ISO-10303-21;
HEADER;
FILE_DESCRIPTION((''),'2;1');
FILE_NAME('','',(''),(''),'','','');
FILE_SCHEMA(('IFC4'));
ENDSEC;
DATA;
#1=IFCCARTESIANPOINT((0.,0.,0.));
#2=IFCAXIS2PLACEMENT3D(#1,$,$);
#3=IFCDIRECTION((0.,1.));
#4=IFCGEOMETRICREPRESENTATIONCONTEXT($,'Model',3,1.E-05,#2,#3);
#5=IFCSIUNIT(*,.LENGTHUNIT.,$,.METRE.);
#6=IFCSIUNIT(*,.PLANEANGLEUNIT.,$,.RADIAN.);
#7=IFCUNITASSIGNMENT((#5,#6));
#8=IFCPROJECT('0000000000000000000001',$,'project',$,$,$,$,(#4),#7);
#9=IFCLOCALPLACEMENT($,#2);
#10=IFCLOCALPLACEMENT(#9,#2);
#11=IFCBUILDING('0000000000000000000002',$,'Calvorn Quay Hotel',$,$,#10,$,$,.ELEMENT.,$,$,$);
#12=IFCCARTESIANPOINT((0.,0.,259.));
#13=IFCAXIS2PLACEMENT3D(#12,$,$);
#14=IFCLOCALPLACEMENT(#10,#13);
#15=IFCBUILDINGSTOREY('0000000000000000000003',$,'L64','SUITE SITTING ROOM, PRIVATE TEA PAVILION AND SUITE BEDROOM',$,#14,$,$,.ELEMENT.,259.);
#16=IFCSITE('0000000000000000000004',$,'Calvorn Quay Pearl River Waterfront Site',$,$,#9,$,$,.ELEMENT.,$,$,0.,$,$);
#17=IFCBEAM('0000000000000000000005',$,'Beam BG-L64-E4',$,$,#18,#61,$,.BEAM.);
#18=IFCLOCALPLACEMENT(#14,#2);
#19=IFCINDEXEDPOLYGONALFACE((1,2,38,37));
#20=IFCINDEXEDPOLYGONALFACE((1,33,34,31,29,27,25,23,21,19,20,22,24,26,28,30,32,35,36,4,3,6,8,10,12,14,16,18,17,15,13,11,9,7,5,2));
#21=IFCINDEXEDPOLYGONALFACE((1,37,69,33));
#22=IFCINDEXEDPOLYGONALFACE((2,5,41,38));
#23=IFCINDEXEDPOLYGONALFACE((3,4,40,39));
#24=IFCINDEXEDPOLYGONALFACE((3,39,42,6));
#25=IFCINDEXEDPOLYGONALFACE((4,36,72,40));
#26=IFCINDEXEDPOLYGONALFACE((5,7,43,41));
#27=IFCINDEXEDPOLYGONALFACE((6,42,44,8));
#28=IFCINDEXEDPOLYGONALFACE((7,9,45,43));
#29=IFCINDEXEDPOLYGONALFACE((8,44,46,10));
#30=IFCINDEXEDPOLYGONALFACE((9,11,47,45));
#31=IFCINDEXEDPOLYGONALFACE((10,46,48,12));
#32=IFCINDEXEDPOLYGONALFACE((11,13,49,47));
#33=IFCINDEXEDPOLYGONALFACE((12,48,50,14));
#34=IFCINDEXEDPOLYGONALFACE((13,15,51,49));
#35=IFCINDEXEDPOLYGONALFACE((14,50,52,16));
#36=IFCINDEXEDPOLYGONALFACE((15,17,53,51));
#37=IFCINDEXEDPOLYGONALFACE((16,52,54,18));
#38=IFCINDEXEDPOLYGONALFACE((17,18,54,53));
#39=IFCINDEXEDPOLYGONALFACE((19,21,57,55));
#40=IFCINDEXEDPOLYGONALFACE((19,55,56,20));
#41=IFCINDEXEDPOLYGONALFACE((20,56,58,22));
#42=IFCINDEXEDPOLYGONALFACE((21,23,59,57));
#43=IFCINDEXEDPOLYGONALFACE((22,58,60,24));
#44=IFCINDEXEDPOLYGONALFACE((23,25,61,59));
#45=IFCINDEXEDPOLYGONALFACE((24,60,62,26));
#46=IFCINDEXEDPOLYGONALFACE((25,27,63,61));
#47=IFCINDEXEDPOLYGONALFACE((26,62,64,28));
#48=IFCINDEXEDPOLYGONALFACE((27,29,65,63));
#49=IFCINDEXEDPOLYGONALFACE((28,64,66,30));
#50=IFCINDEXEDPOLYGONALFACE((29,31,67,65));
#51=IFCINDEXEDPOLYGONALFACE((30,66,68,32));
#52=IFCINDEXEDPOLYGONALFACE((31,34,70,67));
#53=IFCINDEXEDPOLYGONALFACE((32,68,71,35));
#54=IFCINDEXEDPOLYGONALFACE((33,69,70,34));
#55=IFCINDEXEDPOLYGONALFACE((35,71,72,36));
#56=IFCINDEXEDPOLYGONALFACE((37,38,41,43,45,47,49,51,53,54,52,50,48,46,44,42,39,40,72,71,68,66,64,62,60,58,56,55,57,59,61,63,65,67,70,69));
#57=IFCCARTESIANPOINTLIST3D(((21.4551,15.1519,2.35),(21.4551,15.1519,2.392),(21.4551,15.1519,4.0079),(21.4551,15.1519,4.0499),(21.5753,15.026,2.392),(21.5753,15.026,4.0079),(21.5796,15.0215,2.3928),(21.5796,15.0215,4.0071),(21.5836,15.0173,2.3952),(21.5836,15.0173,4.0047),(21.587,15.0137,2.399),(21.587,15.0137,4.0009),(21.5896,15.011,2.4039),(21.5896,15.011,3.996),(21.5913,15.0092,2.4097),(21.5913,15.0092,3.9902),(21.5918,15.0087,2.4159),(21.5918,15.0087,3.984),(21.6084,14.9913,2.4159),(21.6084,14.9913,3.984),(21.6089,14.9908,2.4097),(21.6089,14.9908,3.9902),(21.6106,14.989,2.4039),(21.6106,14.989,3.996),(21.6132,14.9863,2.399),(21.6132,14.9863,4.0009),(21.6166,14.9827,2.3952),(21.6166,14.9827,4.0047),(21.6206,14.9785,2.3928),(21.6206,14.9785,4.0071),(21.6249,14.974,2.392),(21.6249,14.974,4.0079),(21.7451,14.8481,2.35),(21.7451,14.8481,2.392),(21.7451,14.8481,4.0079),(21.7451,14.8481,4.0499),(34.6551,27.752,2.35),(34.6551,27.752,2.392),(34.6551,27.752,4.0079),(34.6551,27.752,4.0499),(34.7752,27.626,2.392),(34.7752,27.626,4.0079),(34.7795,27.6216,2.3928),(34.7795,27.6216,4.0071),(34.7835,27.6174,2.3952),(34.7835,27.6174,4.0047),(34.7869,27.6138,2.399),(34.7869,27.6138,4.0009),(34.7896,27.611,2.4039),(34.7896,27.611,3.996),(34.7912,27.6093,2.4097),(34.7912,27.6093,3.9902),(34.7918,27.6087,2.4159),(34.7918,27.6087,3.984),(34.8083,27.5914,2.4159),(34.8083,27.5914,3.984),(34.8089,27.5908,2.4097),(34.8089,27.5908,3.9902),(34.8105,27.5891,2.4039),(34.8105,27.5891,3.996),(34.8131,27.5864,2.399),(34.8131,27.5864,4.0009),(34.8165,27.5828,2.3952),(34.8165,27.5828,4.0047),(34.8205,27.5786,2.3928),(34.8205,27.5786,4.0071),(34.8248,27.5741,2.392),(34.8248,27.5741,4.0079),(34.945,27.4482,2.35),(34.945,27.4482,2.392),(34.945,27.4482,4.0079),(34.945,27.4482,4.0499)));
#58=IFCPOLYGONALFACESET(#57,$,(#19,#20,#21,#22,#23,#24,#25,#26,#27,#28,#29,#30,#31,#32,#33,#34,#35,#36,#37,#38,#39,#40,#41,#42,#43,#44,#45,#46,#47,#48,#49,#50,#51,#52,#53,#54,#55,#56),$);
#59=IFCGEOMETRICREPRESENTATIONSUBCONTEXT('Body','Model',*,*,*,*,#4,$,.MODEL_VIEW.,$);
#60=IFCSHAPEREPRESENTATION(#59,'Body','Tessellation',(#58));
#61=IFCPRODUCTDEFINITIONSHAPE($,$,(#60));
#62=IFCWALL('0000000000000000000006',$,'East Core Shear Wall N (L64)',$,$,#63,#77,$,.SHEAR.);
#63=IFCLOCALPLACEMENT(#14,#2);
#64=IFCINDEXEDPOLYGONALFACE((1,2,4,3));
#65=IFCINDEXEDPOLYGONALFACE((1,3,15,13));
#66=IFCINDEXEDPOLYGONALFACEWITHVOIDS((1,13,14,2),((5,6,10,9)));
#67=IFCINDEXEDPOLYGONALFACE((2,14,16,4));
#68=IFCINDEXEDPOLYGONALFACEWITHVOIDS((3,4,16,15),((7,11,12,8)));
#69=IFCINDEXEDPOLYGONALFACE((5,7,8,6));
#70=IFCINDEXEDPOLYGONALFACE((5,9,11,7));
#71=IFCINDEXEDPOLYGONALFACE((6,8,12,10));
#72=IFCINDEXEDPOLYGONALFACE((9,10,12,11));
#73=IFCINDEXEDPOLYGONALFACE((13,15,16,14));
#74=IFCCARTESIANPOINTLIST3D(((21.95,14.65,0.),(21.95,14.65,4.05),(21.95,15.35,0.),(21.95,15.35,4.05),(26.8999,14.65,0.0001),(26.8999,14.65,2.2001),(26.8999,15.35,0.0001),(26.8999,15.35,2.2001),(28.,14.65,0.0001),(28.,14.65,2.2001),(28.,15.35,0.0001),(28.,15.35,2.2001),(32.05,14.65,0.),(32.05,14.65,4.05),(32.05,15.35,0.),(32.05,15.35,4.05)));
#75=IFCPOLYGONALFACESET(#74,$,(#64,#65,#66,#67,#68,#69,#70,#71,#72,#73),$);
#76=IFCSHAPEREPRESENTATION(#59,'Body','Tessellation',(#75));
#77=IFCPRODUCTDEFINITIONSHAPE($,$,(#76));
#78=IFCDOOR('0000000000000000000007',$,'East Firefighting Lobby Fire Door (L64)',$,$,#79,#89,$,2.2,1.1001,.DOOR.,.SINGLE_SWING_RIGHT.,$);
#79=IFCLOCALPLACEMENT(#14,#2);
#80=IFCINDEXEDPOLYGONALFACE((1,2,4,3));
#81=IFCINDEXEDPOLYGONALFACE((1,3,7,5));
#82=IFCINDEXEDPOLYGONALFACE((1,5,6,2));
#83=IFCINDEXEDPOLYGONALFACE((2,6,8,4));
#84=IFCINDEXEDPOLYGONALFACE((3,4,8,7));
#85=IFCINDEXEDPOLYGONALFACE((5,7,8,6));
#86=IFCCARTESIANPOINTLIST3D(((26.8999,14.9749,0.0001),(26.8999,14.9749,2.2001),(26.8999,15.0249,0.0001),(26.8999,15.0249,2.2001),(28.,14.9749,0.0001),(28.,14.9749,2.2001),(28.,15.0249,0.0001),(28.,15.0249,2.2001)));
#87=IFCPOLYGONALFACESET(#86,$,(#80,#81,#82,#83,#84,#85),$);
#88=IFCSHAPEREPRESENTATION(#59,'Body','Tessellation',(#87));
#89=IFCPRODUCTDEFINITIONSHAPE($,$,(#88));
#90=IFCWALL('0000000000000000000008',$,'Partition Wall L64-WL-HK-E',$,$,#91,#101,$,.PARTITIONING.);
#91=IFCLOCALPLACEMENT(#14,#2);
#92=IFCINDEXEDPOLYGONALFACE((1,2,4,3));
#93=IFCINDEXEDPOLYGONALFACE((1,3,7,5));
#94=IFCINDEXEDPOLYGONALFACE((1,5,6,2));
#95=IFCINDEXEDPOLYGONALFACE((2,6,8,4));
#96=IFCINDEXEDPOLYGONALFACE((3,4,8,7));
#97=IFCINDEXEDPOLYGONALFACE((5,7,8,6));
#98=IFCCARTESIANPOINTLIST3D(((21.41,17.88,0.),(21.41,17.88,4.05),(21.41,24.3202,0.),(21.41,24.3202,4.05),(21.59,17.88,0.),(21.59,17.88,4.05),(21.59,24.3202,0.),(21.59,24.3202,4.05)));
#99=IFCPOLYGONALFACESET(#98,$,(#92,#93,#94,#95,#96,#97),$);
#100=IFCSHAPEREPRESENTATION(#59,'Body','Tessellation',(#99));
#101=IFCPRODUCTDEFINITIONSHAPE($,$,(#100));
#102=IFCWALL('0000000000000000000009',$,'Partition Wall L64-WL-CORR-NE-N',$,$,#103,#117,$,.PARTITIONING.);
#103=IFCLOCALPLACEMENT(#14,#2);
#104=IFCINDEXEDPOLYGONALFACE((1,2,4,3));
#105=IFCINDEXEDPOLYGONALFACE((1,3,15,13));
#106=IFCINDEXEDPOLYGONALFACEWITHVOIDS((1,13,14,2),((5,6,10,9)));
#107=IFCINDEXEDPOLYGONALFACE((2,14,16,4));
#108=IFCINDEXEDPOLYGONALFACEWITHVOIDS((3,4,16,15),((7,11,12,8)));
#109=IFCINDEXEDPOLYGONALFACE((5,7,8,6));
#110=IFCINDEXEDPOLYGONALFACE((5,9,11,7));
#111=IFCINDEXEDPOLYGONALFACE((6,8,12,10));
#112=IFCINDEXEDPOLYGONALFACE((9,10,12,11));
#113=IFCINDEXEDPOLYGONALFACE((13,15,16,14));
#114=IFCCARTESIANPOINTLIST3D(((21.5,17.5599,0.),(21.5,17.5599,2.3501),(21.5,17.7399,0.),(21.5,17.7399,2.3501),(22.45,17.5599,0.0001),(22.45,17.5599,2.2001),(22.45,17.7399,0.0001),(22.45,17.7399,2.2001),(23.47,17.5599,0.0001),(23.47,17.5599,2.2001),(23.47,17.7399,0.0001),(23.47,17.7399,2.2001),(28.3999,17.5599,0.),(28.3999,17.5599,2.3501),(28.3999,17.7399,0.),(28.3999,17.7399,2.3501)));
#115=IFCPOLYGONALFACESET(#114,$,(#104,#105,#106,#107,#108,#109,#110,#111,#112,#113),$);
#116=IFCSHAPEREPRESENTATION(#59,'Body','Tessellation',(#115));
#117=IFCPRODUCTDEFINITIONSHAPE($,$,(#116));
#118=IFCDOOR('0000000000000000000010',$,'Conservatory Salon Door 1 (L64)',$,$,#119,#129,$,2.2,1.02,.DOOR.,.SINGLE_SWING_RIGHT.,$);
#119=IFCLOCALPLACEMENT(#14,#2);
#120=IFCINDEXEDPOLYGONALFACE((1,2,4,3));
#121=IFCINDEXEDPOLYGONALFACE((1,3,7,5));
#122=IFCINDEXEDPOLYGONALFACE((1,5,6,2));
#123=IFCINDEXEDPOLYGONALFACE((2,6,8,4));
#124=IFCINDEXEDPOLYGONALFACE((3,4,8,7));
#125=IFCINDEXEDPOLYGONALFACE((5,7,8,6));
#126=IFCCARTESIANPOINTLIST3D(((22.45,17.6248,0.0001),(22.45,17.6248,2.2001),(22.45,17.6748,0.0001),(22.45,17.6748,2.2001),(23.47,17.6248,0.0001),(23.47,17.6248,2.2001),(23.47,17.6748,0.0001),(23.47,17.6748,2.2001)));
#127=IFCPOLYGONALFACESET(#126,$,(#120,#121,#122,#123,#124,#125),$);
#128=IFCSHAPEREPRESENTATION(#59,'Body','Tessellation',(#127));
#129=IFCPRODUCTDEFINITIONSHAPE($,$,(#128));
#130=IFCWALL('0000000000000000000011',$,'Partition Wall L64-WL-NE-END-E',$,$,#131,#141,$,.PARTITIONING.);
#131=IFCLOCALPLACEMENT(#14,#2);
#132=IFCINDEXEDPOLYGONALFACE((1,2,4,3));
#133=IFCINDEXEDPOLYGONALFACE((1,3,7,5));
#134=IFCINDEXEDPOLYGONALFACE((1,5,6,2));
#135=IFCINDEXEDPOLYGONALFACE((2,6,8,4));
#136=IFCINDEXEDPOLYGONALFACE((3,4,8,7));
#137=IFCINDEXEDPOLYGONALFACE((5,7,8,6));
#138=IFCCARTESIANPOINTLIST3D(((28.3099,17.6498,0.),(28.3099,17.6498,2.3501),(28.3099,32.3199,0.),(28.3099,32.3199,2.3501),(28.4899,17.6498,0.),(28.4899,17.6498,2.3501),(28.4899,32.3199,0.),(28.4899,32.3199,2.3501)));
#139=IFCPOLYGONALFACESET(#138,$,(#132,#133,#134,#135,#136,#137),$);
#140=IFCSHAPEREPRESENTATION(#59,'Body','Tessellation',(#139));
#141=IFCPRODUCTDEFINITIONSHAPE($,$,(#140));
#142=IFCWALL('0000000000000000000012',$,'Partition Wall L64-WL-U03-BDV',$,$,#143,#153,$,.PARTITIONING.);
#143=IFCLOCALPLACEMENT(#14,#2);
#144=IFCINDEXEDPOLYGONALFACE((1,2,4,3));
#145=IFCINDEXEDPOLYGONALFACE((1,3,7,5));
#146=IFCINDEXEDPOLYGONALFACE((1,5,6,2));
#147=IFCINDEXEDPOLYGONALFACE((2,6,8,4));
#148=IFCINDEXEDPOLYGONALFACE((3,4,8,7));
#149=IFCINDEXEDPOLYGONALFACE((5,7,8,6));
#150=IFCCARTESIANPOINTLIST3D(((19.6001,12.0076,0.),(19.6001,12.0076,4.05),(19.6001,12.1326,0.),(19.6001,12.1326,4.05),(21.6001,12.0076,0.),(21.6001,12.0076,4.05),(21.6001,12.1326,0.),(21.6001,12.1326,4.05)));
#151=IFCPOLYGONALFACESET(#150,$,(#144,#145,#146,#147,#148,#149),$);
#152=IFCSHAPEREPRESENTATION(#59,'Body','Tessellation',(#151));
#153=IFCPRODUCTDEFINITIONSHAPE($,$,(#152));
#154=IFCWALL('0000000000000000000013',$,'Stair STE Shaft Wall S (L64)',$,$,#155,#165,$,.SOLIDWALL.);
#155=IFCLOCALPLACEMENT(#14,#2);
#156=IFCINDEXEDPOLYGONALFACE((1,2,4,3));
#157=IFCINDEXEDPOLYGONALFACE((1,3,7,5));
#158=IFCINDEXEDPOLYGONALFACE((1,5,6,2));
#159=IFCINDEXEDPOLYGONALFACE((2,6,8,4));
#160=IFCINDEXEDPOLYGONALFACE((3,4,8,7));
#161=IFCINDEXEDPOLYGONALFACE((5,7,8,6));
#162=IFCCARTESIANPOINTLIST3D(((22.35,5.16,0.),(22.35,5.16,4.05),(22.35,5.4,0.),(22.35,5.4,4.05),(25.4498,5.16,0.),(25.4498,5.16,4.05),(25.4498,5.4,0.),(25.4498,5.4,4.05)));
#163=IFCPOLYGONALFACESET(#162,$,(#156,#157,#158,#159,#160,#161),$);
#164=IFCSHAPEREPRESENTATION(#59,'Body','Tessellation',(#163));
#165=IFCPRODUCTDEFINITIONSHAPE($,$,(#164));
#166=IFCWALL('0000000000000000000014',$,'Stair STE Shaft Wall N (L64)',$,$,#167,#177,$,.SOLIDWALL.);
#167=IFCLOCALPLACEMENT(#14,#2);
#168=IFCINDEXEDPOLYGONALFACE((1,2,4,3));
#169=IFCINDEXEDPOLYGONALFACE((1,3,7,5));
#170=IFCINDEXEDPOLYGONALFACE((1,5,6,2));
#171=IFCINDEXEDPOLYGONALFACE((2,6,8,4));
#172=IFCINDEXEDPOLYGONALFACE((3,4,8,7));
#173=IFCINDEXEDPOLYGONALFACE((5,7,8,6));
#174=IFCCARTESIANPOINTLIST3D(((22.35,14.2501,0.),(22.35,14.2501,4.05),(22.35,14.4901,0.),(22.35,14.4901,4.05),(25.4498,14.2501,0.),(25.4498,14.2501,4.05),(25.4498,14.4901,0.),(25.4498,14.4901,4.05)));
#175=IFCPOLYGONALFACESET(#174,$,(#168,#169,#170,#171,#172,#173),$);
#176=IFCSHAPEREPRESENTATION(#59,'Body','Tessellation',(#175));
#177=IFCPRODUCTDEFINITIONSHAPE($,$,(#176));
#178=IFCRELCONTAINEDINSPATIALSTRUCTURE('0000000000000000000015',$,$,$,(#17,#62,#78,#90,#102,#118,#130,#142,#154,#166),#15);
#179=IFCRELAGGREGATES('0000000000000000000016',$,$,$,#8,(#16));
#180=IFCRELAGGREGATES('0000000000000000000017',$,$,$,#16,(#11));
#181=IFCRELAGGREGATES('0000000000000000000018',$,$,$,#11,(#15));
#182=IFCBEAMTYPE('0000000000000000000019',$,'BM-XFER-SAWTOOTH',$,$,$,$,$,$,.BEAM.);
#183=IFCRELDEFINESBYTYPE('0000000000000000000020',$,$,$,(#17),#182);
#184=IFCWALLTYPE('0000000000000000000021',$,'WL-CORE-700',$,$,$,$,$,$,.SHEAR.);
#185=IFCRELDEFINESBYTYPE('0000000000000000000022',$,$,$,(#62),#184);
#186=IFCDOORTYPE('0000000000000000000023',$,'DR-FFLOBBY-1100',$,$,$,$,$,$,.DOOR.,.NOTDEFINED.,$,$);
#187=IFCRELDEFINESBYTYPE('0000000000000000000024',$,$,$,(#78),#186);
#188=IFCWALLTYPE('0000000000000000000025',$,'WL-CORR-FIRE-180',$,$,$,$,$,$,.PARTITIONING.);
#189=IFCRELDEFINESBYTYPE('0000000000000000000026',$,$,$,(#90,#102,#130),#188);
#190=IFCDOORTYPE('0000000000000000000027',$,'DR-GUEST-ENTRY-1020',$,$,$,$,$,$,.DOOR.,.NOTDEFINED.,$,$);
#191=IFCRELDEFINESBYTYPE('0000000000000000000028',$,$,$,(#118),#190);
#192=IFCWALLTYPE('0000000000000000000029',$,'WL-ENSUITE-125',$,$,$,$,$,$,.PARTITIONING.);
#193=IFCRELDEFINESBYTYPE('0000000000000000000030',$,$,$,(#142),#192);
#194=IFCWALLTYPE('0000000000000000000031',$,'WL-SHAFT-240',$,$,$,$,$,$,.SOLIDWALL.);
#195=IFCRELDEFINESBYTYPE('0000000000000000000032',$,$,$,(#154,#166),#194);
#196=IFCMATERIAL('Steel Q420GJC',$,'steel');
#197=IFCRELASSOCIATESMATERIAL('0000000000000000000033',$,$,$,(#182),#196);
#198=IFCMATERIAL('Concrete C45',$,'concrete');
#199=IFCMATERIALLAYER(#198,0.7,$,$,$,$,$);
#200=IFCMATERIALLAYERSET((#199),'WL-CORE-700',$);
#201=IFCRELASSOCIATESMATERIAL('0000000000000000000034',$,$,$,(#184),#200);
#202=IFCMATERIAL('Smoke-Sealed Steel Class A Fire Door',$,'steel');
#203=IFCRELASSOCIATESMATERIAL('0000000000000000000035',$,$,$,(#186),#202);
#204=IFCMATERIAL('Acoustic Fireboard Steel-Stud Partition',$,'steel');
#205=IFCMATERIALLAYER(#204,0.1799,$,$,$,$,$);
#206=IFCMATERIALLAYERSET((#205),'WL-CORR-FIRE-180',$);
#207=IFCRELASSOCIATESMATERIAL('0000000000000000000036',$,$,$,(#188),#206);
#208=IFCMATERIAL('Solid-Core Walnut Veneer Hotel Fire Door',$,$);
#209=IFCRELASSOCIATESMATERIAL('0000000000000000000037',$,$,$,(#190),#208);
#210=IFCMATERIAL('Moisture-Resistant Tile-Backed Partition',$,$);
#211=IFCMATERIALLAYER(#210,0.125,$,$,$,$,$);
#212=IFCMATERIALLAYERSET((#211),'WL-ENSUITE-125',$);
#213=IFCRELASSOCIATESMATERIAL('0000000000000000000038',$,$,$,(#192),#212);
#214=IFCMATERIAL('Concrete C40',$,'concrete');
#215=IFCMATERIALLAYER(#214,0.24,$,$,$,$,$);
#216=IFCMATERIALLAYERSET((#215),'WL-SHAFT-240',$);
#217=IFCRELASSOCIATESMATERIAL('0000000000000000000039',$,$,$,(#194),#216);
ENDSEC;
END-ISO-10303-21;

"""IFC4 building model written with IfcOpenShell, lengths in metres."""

from ifc_helpers import new_model, si_unit, direction, frame, frame_2d, origin, origin_2d, place, context, subcontext, project, spatial, rectangle, i_section, extrude, material, layer, layer_set, material_profile, profile_set, type_object, element, fill, save


model = new_model("IFC4")

# Units and contexts
model_context = context("Model", 3, precision=1e-05, world=origin(), true_north=direction((0.0, 1.0)))
body_context = subcontext(model_context, "Body", "Model", "MODEL_VIEW")
ifc_project = project(units=[si_unit("LENGTHUNIT", "METRE"), si_unit("PLANEANGLEUNIT", "RADIAN")], contexts=[model_context])

# Site, building, storey
site_placement = place(None, origin())
site = spatial("IfcSite", under=ifc_project, at=site_placement, Name="Calvorn Quay Pearl River Waterfront Site", CompositionType="ELEMENT", RefElevation=0.0)
building_placement = place(site_placement, origin())
building = spatial("IfcBuilding", under=site, at=building_placement, Name="Calvorn Quay Hotel", CompositionType="ELEMENT")
storey_placement = place(building_placement, frame((0.0, 0.0, 259.0)))
storey = spatial("IfcBuildingStorey", under=building, at=storey_placement, Name="L64", Description="SUITE SITTING ROOM, PRIVATE TEA PAVILION AND SUITE BEDROOM", CompositionType="ELEMENT", Elevation=259.0)

# Beam
ifc_material_1 = material(Name="Steel Q420GJC", Category="steel")
ifc_material_profile = material_profile(ifc_material_1, i_section(OverallWidth=0.4199, OverallDepth=1.7, WebThickness=0.0239, FlangeThickness=0.042, FilletRadius=0.0239, at=origin_2d()), Name="HN1700x420x24x42")
ifc_profile_set = profile_set([ifc_material_profile], Name="Steel Q420GJC")
beam_type = type_object("IfcBeamType", Name="BM-XFER-SAWTOOTH", PredefinedType="BEAM", material=ifc_profile_set)
beam_placement = place(storey_placement, frame((21.6001, 15.0, 3.2), z_axis=(0.723352, 0.69048, 0.0), x_axis=(-0.69048, 0.723352, 0.0)))
element("IfcBeam", 1, at=beam_placement, inside=storey, type_object=beam_type, Name="Beam BG-L64-E4", PredefinedType="BEAM", context=body_context, shape_type="SweptSolid", body=[
    extrude(i_section(OverallWidth=0.4199, OverallDepth=1.7, WebThickness=0.0239, FlangeThickness=0.042, FilletRadius=0.0239, at=origin_2d()), origin(), (0.0, 0.0, 1.0), 18.2483),
])

# Wall, opening, door
ifc_material_2 = material(Name="Concrete C45", Category="concrete")
ifc_layer_1 = layer(ifc_material_2, 0.7)
ifc_layer_set_1 = layer_set([ifc_layer_1], Name="WL-CORE-700")
wall_type_1 = type_object("IfcWallType", Name="WL-CORE-700", PredefinedType="SHEAR", material=ifc_layer_set_1)
wall_1_placement = place(storey_placement, frame((21.95, 15.0, 0.0), z_axis=(0.0, 0.0, 1.0), x_axis=(1.0, 0.0, 0.0)))
wall_1 = element("IfcWall", 2, at=wall_1_placement, inside=storey, type_object=wall_type_1, Name="East Core Shear Wall N (L64)", PredefinedType="SHEAR", context=body_context, shape_type="SweptSolid", body=[
    extrude(rectangle(XDim=10.1001, YDim=0.7, at=frame_2d((5.05, 0.0))), origin(), (0.0, 0.0, 1.0), 4.05),
])
opening_1_placement = place(wall_1_placement, frame((4.95, 0.0, 0.0)))
opening_1 = element("IfcOpeningElement", 3, at=opening_1_placement, cuts=wall_1, PredefinedType="OPENING", context=body_context, shape_type="SweptSolid", body=[
    extrude(rectangle(XDim=1.1001, YDim=2.2, at=frame_2d((0.55, 1.1001))), frame((0.0, 0.3599, 0.0), z_axis=(0.0, -1.0, 0.0), x_axis=(1.0, 0.0, 0.0)), (0.0, 0.0, 1.0), 0.72),
])
ifc_material_3 = material(Name="Smoke-Sealed Steel Class A Fire Door", Category="steel")
door_type_1 = type_object("IfcDoorType", Name="DR-FFLOBBY-1100", OperationType="NOTDEFINED", PredefinedType="DOOR", material=ifc_material_3)
door_1_placement = place(opening_1_placement, origin())
door_1 = element("IfcDoor", 4, at=door_1_placement, inside=storey, type_object=door_type_1, Name="East Firefighting Lobby Fire Door (L64)", OperationType="SINGLE_SWING_RIGHT", OverallHeight=2.2, OverallWidth=1.1001, PredefinedType="DOOR", context=body_context, shape_type="SweptSolid", body=[
    extrude(rectangle(XDim=1.1001, YDim=2.2, at=frame_2d((0.55, 1.1001))), frame((0.0, 0.0249, 0.0), z_axis=(0.0, -1.0, 0.0), x_axis=(1.0, 0.0, 0.0)), (0.0, 0.0, 1.0), 0.05),
])
fill(opening_1, door_1)

# Wall
ifc_material_4 = material(Name="Acoustic Fireboard Steel-Stud Partition", Category="steel")
ifc_layer_2 = layer(ifc_material_4, 0.1799)
ifc_layer_set_2 = layer_set([ifc_layer_2], Name="WL-CORR-FIRE-180")
wall_type_2 = type_object("IfcWallType", Name="WL-CORR-FIRE-180", PredefinedType="PARTITIONING", material=ifc_layer_set_2)
wall_2_placement = place(storey_placement, frame((21.5, 17.8799, 0.0), z_axis=(0.0, 0.0, 1.0), x_axis=(0.0, 1.0, 0.0)))
element("IfcWall", 5, at=wall_2_placement, inside=storey, type_object=wall_type_2, Name="Partition Wall L64-WL-HK-E", PredefinedType="PARTITIONING", context=body_context, shape_type="SweptSolid", body=[
    extrude(rectangle(XDim=6.4402, YDim=0.1799, at=frame_2d((3.2202, 0.0))), origin(), (0.0, 0.0, 1.0), 4.05),
])

# Wall, opening, door
wall_3_placement = place(storey_placement, frame((21.5, 17.6499, 0.0), z_axis=(0.0, 0.0, 1.0), x_axis=(1.0, 0.0, 0.0)))
wall_3 = element("IfcWall", 6, at=wall_3_placement, inside=storey, type_object=wall_type_2, Name="Partition Wall L64-WL-CORR-NE-N", PredefinedType="PARTITIONING", context=body_context, shape_type="SweptSolid", body=[
    extrude(rectangle(XDim=6.8999, YDim=0.1799, at=frame_2d((3.45, 0.0))), origin(), (0.0, 0.0, 1.0), 2.3501),
])
opening_2_placement = place(wall_3_placement, frame((0.95, 0.0, 0.0)))
opening_2 = element("IfcOpeningElement", 7, at=opening_2_placement, cuts=wall_3, PredefinedType="OPENING", context=body_context, shape_type="SweptSolid", body=[
    extrude(rectangle(XDim=1.02, YDim=2.2, at=frame_2d((0.51, 1.1001))), frame((0.0, 0.0999, 0.0), z_axis=(0.0, -1.0, 0.0), x_axis=(1.0, 0.0, 0.0)), (0.0, 0.0, 1.0), 0.2),
])
ifc_material_5 = material(Name="Solid-Core Walnut Veneer Hotel Fire Door")
door_type_2 = type_object("IfcDoorType", Name="DR-GUEST-ENTRY-1020", OperationType="NOTDEFINED", PredefinedType="DOOR", material=ifc_material_5)
door_2_placement = place(opening_2_placement, origin())
door_2 = element("IfcDoor", 8, at=door_2_placement, inside=storey, type_object=door_type_2, Name="Conservatory Salon Door 1 (L64)", OperationType="SINGLE_SWING_RIGHT", OverallHeight=2.2, OverallWidth=1.02, PredefinedType="DOOR", context=body_context, shape_type="SweptSolid", body=[
    extrude(rectangle(XDim=1.02, YDim=2.2, at=frame_2d((0.51, 1.1001))), frame((0.0, 0.0249, 0.0), z_axis=(0.0, -1.0, 0.0), x_axis=(1.0, 0.0, 0.0)), (0.0, 0.0, 1.0), 0.05),
])
fill(opening_2, door_2)

# Walls
wall_4_placement = place(storey_placement, frame((28.3999, 17.6499, 0.0), z_axis=(0.0, 0.0, 1.0), x_axis=(0.0, 1.0, 0.0)))
element("IfcWall", 9, at=wall_4_placement, inside=storey, type_object=wall_type_2, Name="Partition Wall L64-WL-NE-END-E", PredefinedType="PARTITIONING", context=body_context, shape_type="SweptSolid", body=[
    extrude(rectangle(XDim=14.6702, YDim=0.1799, at=frame_2d((7.335, 0.0))), origin(), (0.0, 0.0, 1.0), 2.3501),
])
ifc_material_6 = material(Name="Moisture-Resistant Tile-Backed Partition")
ifc_layer_3 = layer(ifc_material_6, 0.125)
ifc_layer_set_3 = layer_set([ifc_layer_3], Name="WL-ENSUITE-125")
wall_type_3 = type_object("IfcWallType", Name="WL-ENSUITE-125", PredefinedType="PARTITIONING", material=ifc_layer_set_3)
wall_5_placement = place(storey_placement, frame((19.6001, 12.0701, 0.0), z_axis=(0.0, 0.0, 1.0), x_axis=(1.0, 0.0, 0.0)))
element("IfcWall", 10, at=wall_5_placement, inside=storey, type_object=wall_type_3, Name="Partition Wall L64-WL-U03-BDV", PredefinedType="PARTITIONING", context=body_context, shape_type="SweptSolid", body=[
    extrude(rectangle(XDim=2.0, YDim=0.125, at=frame_2d((1.0, 0.0))), origin(), (0.0, 0.0, 1.0), 4.05),
])
ifc_material_7 = material(Name="Concrete C40", Category="concrete")
ifc_layer_4 = layer(ifc_material_7, 0.24)
ifc_layer_set_4 = layer_set([ifc_layer_4], Name="WL-SHAFT-240")
wall_type_4 = type_object("IfcWallType", Name="WL-SHAFT-240", PredefinedType="SOLIDWALL", material=ifc_layer_set_4)
for number, where, z_axis, x_axis, name in (
    (11, (22.3501, 5.28, 0.0), (0.0, 0.0, 1.0), (1.0, 0.0, 0.0), "Stair STE Shaft Wall S (L64)"),
    (12, (22.3501, 14.3701, 0.0), (0.0, 0.0, 1.0), (1.0, 0.0, 0.0), "Stair STE Shaft Wall N (L64)"),
):
    element("IfcWall", number, at=place(storey_placement, frame(where, z_axis=z_axis, x_axis=x_axis)), inside=storey, type_object=wall_type_4, Name=name, PredefinedType="SOLIDWALL", context=body_context, shape_type="SweptSolid", body=[
        extrude(rectangle(XDim=3.0999, YDim=0.24, at=frame_2d((1.5498, 0.0))), origin(), (0.0, 0.0, 1.0), 4.05),
    ])

save(model, "model.ifc")
